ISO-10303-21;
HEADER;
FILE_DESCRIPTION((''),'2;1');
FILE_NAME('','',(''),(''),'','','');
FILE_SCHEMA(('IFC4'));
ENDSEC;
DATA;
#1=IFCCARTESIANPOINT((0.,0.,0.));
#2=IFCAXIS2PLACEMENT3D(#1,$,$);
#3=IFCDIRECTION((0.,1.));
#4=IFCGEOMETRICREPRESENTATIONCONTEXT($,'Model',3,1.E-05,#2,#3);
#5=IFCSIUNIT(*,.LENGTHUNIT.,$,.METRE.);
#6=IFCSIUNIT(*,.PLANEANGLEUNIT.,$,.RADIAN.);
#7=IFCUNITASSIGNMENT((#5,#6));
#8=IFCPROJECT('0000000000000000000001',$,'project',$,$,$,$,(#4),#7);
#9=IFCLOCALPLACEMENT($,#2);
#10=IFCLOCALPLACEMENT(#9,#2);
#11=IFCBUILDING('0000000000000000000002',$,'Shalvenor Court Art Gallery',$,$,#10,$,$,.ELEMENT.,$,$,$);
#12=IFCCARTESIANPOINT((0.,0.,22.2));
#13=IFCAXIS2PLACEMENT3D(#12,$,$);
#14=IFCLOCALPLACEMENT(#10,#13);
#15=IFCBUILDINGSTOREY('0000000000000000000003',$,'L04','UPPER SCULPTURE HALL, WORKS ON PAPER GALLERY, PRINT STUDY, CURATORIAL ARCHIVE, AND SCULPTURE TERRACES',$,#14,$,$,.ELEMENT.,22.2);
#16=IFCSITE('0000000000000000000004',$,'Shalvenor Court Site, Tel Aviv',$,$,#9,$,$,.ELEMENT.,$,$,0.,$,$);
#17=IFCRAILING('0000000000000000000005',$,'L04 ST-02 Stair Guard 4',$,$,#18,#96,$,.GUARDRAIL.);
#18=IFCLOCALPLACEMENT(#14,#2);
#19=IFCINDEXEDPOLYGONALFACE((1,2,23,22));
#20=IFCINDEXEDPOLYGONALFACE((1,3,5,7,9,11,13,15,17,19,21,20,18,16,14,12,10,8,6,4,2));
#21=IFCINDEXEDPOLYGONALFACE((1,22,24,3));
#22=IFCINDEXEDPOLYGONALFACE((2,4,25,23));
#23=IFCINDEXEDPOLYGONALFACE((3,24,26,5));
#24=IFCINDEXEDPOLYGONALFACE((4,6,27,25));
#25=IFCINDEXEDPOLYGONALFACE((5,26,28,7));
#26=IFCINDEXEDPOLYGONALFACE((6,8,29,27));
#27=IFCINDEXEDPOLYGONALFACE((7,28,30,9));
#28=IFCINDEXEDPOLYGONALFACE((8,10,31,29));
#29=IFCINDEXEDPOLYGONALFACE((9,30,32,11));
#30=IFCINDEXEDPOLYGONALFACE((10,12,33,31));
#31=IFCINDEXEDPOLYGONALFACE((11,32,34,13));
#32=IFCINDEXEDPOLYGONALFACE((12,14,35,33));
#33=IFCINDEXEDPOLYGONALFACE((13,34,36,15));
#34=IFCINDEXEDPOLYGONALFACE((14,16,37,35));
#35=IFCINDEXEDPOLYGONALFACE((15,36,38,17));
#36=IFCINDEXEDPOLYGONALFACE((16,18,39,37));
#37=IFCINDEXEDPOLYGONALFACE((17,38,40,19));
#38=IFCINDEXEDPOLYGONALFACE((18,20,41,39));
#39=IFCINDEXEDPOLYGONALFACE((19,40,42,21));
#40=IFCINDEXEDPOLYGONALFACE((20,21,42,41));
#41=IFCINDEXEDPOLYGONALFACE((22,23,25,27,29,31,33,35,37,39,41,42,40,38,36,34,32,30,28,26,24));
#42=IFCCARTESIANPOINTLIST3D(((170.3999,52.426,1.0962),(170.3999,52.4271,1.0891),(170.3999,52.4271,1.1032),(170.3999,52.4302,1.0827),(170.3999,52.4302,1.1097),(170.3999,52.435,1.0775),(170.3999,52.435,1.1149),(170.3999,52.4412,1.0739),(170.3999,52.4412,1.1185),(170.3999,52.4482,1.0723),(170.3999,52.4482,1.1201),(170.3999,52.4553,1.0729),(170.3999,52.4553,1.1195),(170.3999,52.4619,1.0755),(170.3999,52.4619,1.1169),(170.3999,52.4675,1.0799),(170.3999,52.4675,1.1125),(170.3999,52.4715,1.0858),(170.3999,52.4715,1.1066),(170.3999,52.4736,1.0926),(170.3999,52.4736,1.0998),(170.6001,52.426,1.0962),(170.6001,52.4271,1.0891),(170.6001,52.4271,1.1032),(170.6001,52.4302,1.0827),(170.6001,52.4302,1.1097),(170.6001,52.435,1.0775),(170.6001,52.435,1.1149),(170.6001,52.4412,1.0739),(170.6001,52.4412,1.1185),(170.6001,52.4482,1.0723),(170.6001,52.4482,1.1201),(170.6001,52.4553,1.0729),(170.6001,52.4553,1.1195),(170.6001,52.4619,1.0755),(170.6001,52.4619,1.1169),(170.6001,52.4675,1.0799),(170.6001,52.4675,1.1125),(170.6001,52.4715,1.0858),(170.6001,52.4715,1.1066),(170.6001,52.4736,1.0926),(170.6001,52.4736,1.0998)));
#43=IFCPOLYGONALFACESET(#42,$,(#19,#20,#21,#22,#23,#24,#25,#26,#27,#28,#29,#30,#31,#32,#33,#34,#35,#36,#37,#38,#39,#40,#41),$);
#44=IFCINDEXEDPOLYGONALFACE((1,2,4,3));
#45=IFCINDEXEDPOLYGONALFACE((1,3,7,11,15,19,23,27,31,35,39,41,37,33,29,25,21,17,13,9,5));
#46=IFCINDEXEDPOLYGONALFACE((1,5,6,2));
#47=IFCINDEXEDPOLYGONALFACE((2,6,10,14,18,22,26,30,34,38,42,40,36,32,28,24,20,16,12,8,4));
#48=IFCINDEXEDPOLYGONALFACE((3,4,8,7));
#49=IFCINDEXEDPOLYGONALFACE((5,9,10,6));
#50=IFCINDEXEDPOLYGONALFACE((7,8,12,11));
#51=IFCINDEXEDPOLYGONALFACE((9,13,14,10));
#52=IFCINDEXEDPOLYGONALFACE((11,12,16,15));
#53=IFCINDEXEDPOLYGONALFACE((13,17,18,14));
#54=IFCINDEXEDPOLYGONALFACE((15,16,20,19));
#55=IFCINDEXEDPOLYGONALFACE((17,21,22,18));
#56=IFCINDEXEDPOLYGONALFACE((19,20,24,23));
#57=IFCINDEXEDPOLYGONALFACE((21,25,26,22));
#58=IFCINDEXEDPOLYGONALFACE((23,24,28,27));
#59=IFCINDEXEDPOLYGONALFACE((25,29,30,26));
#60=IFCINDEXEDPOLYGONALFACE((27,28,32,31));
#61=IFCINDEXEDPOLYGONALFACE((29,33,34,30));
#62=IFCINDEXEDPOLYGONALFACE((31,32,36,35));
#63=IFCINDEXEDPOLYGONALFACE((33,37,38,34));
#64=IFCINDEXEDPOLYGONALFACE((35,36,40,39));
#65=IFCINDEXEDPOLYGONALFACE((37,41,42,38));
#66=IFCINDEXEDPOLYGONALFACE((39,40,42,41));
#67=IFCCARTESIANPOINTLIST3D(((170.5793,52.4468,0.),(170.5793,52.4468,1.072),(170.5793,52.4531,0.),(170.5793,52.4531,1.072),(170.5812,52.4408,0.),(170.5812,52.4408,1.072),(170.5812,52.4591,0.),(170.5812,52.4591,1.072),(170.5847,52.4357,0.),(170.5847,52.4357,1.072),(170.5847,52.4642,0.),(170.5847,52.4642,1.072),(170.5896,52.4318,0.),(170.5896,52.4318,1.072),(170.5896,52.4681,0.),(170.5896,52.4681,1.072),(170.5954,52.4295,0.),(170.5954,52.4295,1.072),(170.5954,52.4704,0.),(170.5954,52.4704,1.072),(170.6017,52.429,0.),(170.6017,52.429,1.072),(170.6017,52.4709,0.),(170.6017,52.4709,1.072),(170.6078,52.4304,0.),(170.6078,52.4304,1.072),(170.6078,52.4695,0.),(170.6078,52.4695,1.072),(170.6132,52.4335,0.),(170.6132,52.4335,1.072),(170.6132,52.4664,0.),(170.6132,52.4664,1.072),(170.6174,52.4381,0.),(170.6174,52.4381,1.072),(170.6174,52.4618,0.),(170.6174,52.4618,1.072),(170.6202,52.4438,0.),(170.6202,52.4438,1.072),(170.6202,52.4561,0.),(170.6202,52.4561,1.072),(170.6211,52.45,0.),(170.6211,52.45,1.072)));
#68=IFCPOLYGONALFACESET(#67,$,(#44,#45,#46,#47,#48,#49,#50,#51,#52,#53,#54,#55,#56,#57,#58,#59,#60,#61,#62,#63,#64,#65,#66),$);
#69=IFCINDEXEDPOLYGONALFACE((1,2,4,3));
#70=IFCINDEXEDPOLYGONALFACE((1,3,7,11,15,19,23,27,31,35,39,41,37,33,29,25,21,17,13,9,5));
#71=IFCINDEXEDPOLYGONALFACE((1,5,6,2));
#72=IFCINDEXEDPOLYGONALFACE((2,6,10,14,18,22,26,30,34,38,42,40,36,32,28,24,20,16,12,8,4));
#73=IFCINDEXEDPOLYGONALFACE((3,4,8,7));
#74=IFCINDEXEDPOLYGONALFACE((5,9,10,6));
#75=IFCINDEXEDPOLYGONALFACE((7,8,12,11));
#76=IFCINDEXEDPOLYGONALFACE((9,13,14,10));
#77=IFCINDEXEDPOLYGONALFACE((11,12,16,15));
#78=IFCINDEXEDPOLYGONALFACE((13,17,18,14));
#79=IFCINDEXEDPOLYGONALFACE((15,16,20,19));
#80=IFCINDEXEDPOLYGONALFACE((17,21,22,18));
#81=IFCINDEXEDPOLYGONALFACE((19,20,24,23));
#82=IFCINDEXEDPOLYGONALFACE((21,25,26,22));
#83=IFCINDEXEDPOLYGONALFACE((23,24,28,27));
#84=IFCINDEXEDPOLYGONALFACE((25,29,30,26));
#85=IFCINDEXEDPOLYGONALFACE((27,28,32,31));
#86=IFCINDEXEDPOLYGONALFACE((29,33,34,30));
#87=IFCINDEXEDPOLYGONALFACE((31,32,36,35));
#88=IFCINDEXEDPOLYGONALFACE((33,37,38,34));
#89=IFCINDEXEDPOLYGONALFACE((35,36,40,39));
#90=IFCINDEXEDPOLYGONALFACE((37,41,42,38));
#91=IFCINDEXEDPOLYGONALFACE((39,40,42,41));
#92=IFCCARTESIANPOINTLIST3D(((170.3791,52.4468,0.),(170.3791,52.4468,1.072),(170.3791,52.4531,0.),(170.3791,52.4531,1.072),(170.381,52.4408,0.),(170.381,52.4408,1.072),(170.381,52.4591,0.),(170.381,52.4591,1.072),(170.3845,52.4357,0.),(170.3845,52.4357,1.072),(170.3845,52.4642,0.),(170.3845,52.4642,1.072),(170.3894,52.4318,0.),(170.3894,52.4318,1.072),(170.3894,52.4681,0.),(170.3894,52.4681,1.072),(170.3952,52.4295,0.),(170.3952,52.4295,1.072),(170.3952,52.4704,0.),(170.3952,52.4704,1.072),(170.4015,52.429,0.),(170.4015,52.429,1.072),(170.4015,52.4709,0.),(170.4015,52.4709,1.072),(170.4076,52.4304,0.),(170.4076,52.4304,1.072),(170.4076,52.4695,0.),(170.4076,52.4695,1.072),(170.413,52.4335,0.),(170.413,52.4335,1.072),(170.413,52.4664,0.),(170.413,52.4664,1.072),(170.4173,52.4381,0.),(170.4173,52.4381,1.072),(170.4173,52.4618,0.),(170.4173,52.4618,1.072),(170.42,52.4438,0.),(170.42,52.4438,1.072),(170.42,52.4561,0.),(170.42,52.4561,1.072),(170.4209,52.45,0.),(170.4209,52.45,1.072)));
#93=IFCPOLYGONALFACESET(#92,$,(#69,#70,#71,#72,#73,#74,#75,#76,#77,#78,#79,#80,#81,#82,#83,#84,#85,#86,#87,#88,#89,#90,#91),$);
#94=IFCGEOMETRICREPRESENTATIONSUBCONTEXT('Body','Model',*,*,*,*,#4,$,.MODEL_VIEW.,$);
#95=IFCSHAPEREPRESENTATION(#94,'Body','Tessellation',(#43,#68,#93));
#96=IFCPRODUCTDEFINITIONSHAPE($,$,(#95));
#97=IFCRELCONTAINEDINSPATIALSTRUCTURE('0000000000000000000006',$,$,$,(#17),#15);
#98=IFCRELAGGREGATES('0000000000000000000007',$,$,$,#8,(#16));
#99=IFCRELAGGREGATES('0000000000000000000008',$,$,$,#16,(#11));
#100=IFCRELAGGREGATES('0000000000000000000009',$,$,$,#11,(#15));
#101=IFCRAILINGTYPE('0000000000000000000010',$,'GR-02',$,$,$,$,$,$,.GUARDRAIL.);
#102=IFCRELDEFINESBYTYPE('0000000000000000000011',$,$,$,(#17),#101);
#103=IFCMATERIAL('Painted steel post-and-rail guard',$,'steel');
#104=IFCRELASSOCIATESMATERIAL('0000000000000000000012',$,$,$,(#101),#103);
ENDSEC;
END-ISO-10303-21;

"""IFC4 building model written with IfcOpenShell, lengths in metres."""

from ifc_helpers import new_model, si_unit, direction, frame, origin, origin_2d, place, context, subcontext, project, spatial, circle, extrude, material, type_object, element, save


model = new_model("IFC4")

# Units and contexts
model_context = context("Model", 3, precision=1e-05, world=origin(), true_north=direction((0.0, 1.0)))
body_context = subcontext(model_context, "Body", "Model", "MODEL_VIEW")
ifc_project = project(units=[si_unit("LENGTHUNIT", "METRE"), si_unit("PLANEANGLEUNIT", "RADIAN")], contexts=[model_context])

# Site, building, storey
site_placement = place(None, origin())
site = spatial("IfcSite", under=ifc_project, at=site_placement, Name="Shalvenor Court Site, Tel Aviv", CompositionType="ELEMENT", RefElevation=0.0)
building_placement = place(site_placement, origin())
building = spatial("IfcBuilding", under=site, at=building_placement, Name="Shalvenor Court Art Gallery", CompositionType="ELEMENT")
storey_placement = place(building_placement, frame((0.0, 0.0, 22.2)))
storey = spatial("IfcBuildingStorey", under=building, at=storey_placement, Name="L04", Description="UPPER SCULPTURE HALL, WORKS ON PAPER GALLERY, PRINT STUDY, CURATORIAL ARCHIVE, AND SCULPTURE TERRACES", CompositionType="ELEMENT", Elevation=22.2)

# Railing
ifc_material_1 = material(Name="Painted steel post-and-rail guard", Category="steel")
railing_type_1 = type_object("IfcRailingType", Name="GR-02", PredefinedType="GUARDRAIL", material=ifc_material_1)
railing_1_placement = place(storey_placement, frame((170.6001, 52.45, 0.0)))
element("IfcRailing", 1, at=railing_1_placement, inside=storey, type_object=railing_type_1, Name="L04 ST-02 Stair Guard 4", PredefinedType="GUARDRAIL", context=body_context, shape_type="SweptSolid", body=[
    extrude(circle(Radius=0.0239, at=origin_2d()), frame((0.0, 0.0, 1.0962), z_axis=(-1.0, 0.0, 0.0), x_axis=(0.0, -1.0, 0.0)), (0.0, 0.0, 1.0), 0.2002),
    extrude(circle(Radius=0.021, at=origin_2d()), origin(), (0.0, 0.0, 1.0), 1.072),
    extrude(circle(Radius=0.021, at=origin_2d()), frame((-0.2002, 0.0, 0.0)), (0.0, 0.0, 1.0), 1.072),
])

save(model, "model.ifc")
